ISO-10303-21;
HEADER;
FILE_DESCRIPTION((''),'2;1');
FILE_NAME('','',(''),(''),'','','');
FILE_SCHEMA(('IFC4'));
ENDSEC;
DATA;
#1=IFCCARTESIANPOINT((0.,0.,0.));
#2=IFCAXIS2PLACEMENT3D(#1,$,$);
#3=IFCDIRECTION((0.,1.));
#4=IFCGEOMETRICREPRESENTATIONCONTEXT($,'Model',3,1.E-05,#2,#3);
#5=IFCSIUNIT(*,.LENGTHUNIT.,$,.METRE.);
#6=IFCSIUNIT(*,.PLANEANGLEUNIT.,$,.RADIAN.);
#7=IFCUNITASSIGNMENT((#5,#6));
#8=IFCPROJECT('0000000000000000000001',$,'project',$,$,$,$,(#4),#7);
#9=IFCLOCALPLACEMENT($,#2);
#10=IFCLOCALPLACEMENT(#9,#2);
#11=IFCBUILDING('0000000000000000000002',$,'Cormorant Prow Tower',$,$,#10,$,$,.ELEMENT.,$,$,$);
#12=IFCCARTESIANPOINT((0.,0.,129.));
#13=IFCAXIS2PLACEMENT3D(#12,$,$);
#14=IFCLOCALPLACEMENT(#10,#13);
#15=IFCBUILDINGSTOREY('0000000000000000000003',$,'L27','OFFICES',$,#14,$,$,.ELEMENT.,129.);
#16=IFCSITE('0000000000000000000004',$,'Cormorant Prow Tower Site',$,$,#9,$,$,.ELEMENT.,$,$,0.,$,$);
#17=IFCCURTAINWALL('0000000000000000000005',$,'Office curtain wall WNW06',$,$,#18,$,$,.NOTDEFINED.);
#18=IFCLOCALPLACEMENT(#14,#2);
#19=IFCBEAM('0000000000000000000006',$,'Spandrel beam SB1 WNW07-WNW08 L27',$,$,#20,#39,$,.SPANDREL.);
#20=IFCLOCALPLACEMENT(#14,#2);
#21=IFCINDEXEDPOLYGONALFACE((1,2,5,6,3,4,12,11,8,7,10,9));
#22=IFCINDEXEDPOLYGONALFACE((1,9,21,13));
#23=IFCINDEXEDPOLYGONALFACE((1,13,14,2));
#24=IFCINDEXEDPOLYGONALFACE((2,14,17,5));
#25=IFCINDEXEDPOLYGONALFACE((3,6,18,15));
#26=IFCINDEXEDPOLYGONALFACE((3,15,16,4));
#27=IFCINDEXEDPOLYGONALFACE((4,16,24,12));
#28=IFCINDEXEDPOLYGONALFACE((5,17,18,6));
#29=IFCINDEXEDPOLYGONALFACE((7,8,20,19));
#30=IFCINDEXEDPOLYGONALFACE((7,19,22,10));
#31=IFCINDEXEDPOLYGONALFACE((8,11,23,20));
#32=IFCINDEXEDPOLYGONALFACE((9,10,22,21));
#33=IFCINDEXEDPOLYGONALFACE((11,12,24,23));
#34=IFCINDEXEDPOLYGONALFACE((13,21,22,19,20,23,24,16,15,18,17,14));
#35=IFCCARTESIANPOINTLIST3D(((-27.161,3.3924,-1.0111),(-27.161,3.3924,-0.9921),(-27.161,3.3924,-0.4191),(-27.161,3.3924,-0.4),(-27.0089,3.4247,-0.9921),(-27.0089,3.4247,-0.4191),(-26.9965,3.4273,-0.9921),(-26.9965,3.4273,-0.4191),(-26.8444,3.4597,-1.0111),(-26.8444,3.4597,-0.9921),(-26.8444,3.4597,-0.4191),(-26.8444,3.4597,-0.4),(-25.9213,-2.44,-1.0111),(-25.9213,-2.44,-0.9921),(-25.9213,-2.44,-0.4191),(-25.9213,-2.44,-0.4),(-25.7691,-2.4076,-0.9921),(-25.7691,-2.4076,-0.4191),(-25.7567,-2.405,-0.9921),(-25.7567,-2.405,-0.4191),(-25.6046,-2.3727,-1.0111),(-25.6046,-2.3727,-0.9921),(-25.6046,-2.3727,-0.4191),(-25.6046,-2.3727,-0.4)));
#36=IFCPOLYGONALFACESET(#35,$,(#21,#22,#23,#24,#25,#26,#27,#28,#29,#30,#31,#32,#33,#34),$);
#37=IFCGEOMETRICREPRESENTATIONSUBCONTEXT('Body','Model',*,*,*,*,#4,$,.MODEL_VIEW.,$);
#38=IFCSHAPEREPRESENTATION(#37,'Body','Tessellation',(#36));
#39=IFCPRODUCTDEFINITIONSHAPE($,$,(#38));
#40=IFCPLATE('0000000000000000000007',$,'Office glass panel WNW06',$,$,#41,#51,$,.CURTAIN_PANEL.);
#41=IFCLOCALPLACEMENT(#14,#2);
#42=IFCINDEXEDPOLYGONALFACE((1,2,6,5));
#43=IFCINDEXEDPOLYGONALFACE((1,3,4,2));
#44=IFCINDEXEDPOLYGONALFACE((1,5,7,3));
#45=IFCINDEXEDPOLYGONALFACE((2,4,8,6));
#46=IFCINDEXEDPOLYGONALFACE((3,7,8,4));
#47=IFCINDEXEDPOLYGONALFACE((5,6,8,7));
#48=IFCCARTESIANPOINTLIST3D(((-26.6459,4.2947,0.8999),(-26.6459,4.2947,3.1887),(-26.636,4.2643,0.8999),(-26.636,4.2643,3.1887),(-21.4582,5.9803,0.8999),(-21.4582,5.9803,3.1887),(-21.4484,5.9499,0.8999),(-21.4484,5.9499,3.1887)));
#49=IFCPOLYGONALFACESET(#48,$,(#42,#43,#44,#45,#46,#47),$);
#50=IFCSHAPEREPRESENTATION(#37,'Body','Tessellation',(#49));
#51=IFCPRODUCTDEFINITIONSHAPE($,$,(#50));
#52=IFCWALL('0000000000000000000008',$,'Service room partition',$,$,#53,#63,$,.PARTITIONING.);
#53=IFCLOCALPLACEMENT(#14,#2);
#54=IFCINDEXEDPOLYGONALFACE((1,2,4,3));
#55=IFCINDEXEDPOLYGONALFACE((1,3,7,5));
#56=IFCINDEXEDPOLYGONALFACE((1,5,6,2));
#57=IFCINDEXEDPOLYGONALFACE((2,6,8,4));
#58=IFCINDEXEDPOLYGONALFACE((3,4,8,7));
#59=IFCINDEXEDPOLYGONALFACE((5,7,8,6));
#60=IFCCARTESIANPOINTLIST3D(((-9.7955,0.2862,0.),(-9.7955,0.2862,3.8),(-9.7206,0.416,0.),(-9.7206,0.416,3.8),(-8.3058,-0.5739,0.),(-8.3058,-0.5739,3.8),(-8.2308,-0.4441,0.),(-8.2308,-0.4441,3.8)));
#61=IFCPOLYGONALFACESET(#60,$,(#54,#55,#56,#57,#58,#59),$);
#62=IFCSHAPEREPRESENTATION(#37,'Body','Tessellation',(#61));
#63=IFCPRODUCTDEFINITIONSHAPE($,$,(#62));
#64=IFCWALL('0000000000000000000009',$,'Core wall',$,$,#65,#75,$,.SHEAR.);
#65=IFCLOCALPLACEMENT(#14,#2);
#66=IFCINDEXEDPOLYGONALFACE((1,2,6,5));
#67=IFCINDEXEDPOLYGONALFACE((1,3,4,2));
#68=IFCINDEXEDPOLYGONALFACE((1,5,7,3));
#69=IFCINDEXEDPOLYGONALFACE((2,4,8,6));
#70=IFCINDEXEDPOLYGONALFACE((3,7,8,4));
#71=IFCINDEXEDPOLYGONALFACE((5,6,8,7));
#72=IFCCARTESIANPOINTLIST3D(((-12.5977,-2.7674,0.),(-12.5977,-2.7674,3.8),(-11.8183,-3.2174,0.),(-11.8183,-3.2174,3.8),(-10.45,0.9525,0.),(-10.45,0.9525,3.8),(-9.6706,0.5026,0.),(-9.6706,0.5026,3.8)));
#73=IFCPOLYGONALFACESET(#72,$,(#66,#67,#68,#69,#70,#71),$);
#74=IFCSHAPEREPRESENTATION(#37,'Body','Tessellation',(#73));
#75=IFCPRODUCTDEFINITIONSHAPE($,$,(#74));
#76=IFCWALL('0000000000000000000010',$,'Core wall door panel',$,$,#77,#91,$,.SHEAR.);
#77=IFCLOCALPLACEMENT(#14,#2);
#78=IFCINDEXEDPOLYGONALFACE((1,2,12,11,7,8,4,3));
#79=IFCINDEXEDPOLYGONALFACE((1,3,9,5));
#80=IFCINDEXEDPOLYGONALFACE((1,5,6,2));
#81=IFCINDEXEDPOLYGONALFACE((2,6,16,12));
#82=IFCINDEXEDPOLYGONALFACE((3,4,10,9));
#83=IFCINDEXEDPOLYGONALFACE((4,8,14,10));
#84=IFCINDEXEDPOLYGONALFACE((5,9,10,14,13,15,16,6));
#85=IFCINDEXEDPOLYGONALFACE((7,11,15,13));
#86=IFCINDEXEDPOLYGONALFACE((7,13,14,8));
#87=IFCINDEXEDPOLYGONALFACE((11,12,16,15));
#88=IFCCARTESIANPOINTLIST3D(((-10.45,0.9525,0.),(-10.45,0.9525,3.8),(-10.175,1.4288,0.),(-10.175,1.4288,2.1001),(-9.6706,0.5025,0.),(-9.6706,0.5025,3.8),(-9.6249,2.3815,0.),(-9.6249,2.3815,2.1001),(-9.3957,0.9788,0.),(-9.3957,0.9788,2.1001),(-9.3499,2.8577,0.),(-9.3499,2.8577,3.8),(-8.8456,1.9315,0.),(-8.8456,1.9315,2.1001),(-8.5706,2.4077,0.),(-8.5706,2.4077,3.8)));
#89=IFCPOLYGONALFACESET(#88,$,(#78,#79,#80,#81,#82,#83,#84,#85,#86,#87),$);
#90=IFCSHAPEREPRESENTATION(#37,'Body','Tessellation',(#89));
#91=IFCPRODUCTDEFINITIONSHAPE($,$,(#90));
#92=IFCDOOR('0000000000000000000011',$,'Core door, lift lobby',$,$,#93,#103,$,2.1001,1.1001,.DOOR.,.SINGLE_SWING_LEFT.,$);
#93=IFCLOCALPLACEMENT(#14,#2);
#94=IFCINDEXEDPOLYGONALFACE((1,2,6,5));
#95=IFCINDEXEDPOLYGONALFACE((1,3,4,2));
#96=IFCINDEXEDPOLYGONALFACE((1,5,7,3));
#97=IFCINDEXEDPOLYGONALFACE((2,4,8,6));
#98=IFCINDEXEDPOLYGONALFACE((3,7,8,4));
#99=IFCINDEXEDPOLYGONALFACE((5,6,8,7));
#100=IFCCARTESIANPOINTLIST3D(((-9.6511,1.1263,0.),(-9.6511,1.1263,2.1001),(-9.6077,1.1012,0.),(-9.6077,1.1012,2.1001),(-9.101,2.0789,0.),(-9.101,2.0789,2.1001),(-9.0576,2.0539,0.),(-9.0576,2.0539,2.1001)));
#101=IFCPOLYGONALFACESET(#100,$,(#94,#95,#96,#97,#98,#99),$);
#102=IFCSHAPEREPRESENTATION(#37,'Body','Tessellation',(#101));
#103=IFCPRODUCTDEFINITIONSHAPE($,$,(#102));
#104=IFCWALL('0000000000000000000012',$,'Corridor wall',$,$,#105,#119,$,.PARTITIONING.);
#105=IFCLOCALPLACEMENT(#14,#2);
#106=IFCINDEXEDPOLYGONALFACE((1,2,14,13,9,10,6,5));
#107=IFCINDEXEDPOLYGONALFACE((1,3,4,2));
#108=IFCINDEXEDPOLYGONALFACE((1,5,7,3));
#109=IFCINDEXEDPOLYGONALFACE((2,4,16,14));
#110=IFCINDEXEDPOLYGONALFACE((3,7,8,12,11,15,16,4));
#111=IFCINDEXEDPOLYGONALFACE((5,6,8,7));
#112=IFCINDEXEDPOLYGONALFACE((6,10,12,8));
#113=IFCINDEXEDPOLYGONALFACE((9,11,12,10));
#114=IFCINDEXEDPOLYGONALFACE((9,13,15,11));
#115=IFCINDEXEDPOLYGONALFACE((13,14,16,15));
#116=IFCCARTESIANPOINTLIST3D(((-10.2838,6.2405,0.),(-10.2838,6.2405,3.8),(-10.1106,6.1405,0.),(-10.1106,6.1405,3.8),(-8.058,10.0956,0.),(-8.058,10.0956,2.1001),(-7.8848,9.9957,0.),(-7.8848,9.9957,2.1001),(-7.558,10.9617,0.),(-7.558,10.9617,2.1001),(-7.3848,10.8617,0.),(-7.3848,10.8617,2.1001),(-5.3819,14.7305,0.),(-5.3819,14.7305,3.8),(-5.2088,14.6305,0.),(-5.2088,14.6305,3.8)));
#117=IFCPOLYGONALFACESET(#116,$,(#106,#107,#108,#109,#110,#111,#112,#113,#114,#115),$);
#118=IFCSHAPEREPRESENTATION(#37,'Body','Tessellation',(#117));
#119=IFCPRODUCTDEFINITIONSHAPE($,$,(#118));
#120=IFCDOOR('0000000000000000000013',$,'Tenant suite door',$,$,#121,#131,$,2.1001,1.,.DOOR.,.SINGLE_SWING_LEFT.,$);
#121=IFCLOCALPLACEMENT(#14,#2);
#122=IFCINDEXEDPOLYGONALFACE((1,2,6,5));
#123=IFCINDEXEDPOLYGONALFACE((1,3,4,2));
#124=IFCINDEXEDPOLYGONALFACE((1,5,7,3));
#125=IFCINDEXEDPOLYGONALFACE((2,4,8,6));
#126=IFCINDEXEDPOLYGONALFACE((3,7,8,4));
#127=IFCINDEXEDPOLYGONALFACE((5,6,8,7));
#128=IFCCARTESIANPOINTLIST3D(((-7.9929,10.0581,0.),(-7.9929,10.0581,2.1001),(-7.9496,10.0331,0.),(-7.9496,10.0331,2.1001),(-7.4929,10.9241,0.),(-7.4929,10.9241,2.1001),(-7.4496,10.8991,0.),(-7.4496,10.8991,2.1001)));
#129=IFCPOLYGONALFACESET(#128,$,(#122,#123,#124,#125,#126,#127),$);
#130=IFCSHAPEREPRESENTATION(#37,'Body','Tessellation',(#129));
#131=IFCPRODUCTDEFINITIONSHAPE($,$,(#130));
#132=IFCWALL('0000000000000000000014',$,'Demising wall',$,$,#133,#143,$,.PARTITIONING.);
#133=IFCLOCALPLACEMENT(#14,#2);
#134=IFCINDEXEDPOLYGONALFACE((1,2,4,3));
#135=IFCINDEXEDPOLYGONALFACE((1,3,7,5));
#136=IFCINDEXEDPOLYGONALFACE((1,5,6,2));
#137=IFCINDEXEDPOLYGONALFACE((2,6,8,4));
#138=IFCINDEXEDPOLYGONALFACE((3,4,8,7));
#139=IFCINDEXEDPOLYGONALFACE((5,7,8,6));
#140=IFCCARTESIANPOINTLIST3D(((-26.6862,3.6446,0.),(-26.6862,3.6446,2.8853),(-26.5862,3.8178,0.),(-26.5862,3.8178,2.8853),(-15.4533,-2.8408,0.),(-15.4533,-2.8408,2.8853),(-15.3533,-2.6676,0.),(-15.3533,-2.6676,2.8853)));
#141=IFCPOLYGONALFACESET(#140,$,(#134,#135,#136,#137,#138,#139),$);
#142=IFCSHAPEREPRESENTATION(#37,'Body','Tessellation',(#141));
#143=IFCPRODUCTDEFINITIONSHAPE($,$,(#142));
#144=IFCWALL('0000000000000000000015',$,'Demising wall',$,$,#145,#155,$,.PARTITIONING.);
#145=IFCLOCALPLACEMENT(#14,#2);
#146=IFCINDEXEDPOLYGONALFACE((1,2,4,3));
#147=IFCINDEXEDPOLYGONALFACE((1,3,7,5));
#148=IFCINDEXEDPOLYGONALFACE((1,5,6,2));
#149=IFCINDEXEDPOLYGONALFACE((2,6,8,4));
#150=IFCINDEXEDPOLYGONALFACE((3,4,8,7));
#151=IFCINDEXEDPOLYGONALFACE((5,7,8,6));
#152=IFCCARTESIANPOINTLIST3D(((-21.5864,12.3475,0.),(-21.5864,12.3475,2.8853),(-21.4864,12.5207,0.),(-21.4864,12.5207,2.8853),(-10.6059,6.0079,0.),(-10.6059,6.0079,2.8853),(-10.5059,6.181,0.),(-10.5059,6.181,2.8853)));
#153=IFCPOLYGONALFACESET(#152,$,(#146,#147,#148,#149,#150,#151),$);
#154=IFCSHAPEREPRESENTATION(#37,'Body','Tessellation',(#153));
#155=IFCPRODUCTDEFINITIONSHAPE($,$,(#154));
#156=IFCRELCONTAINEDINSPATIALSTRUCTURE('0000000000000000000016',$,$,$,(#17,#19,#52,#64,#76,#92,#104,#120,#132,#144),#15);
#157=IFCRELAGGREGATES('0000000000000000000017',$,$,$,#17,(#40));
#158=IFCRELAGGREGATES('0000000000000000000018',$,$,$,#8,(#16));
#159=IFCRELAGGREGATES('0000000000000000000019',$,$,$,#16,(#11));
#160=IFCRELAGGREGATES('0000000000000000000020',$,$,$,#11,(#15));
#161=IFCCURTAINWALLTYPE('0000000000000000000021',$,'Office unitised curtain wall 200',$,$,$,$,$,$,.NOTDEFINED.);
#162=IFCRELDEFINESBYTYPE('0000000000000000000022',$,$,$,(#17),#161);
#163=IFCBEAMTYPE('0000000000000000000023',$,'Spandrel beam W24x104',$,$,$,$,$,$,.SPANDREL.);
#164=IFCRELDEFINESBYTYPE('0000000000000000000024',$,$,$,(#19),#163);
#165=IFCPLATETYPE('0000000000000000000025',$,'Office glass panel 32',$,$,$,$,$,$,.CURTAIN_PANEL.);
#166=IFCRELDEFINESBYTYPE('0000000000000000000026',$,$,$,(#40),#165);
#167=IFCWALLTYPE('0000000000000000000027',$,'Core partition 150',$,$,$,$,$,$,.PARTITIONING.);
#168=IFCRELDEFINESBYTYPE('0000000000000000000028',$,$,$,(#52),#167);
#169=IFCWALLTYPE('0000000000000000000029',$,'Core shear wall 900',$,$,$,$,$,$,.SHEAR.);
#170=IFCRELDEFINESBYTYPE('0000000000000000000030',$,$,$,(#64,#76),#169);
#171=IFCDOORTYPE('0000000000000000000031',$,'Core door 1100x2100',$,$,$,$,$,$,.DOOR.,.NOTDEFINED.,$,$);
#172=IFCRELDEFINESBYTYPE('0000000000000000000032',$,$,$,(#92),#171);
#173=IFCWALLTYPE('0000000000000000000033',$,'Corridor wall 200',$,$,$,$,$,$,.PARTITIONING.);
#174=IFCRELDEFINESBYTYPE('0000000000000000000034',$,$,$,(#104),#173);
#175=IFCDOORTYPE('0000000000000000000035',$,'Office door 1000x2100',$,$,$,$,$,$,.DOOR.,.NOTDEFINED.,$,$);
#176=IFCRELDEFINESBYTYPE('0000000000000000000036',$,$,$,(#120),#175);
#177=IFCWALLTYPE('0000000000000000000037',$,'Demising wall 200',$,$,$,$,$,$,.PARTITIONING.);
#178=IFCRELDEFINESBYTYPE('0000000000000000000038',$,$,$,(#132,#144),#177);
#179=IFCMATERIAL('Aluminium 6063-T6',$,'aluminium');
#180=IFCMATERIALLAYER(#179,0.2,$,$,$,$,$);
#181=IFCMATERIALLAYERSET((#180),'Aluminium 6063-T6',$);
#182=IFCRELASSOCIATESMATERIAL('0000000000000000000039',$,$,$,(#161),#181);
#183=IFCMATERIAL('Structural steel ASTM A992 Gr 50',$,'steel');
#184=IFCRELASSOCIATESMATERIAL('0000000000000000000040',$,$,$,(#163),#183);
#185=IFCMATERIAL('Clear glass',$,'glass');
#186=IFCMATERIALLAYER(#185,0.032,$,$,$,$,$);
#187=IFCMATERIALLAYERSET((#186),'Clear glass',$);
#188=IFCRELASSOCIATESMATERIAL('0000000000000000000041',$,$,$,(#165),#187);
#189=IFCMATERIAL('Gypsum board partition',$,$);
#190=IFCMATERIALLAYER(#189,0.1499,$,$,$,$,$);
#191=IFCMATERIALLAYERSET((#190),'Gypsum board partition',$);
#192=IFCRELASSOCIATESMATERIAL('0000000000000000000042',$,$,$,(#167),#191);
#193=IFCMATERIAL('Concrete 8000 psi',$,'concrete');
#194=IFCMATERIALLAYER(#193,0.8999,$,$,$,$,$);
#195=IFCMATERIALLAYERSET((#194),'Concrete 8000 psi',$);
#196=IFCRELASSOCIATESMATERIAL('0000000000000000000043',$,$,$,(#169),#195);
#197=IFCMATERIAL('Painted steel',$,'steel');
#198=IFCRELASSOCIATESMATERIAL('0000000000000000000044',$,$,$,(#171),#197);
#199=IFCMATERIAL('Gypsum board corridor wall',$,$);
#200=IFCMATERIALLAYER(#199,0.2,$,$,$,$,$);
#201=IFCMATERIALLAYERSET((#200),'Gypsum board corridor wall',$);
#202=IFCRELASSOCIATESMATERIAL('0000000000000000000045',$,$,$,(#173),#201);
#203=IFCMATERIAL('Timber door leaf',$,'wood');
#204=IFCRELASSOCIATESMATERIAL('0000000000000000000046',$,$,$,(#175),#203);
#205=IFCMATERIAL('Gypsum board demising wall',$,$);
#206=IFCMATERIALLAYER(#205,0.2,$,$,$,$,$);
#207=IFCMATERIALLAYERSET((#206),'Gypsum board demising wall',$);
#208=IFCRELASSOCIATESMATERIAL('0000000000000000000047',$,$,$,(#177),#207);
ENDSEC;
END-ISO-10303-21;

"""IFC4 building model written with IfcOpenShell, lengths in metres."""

from ifc_helpers import new_model, si_unit, direction, frame, frame_2d, origin, origin_2d, place, context, subcontext, project, spatial, rectangle, i_section, extrude, material, layer, layer_set, material_profile, profile_set, type_object, element, fill, aggregate, save


model = new_model("IFC4")

# Units and contexts
model_context = context("Model", 3, precision=1e-05, world=origin(), true_north=direction((0.0, 1.0)))
body_context = subcontext(model_context, "Body", "Model", "MODEL_VIEW")
ifc_project = project(units=[si_unit("LENGTHUNIT", "METRE"), si_unit("PLANEANGLEUNIT", "RADIAN")], contexts=[model_context])

# Site, building, storey
site_placement = place(None, origin())
site = spatial("IfcSite", under=ifc_project, at=site_placement, Name="Cormorant Prow Tower Site", CompositionType="ELEMENT", RefElevation=0.0)
building_placement = place(site_placement, origin())
building = spatial("IfcBuilding", under=site, at=building_placement, Name="Cormorant Prow Tower", CompositionType="ELEMENT")
storey_placement = place(building_placement, frame((0.0, 0.0, 129.0)))
storey = spatial("IfcBuildingStorey", under=building, at=storey_placement, Name="L27", Description="OFFICES", CompositionType="ELEMENT", Elevation=129.0)

# Curtain wall
ifc_material_1 = material(Name="Aluminium 6063-T6", Category="aluminium")
ifc_layer_1 = layer(ifc_material_1, 0.2)
ifc_layer_set_1 = layer_set([ifc_layer_1], Name="Aluminium 6063-T6")
curtain_wall_type = type_object("IfcCurtainWallType", Name="Office unitised curtain wall 200", PredefinedType="NOTDEFINED", material=ifc_layer_set_1)
curtain_wall_placement = place(storey_placement, origin())
curtain_wall = element("IfcCurtainWall", 1, at=curtain_wall_placement, inside=storey, type_object=curtain_wall_type, Name="Office curtain wall WNW06", PredefinedType="NOTDEFINED")

# Beam
ifc_material_2 = material(Name="Structural steel ASTM A992 Gr 50", Category="steel")
ifc_material_profile_1 = material_profile(ifc_material_2, i_section(OverallWidth=0.3237, OverallDepth=0.6111, WebThickness=0.0127, FlangeThickness=0.019, at=origin_2d()), Name="W24x104")
ifc_profile_set_1 = profile_set([ifc_material_profile_1], Name="Structural steel ASTM A992 Gr 50")
beam_type_1 = type_object("IfcBeamType", Name="Spandrel beam W24x104", PredefinedType="SPANDREL", material=ifc_profile_set_1)
beam_1_placement = place(storey_placement, frame((-27.0027, 3.426, -0.7056), z_axis=(0.207921, -0.978146, 0.0), x_axis=(0.978146, 0.207921, 0.0)))
element("IfcBeam", 2, at=beam_1_placement, inside=storey, type_object=beam_type_1, Name="Spandrel beam SB1 WNW07-WNW08 L27", PredefinedType="SPANDREL", context=body_context, shape_type="SweptSolid", body=[
    extrude(i_section(OverallWidth=0.3237, OverallDepth=0.6111, WebThickness=0.0127, FlangeThickness=0.019, at=origin_2d()), origin(), (0.0, 0.0, 1.0), 5.9626),
])

# Plate
ifc_material_3 = material(Name="Clear glass", Category="glass")
ifc_layer_2 = layer(ifc_material_3, 0.032)
ifc_layer_set_2 = layer_set([ifc_layer_2], Name="Clear glass")
plate_type = type_object("IfcPlateType", Name="Office glass panel 32", PredefinedType="CURTAIN_PANEL", material=ifc_layer_set_2)
plate_placement = place(storey_placement, frame((-24.0471, 5.1223, 0.8999), z_axis=(0.0, 0.0, 1.0), x_axis=(-0.951056, -0.309017, 0.0)))
plate = element("IfcPlate", 3, at=plate_placement, type_object=plate_type, Name="Office glass panel WNW06", PredefinedType="CURTAIN_PANEL", context=body_context, shape_type="SweptSolid", body=[
    extrude(rectangle(XDim=5.4546, YDim=0.032, at=origin_2d()), origin(), (0.0, 0.0, 1.0), 2.2888),
])
aggregate(curtain_wall, [plate])

# Walls
ifc_material_4 = material(Name="Gypsum board partition")
ifc_layer_3 = layer(ifc_material_4, 0.1499)
ifc_layer_set_3 = layer_set([ifc_layer_3], Name="Gypsum board partition")
wall_type_1 = type_object("IfcWallType", Name="Core partition 150", PredefinedType="PARTITIONING", material=ifc_layer_set_3)
wall_1_placement = place(storey_placement, frame((-8.2683, -0.509, 0.0), z_axis=(0.0, 0.0, 1.0), x_axis=(-0.866025, 0.500001, 0.0)))
element("IfcWall", 4, at=wall_1_placement, inside=storey, type_object=wall_type_1, Name="Service room partition", PredefinedType="PARTITIONING", context=body_context, shape_type="SweptSolid", body=[
    extrude(rectangle(XDim=1.7202, YDim=0.1499, at=frame_2d((0.8601, 0.0))), origin(), (0.0, 0.0, 1.0), 3.8),
])
ifc_material_5 = material(Name="Concrete 8000 psi", Category="concrete")
ifc_layer_4 = layer(ifc_material_5, 0.8999)
ifc_layer_set_4 = layer_set([ifc_layer_4], Name="Concrete 8000 psi")
wall_type_2 = type_object("IfcWallType", Name="Core shear wall 900", PredefinedType="SHEAR", material=ifc_layer_set_4)
wall_2_placement = place(storey_placement, frame((-10.0603, 0.7275, 0.0), z_axis=(0.0, 0.0, 1.0), x_axis=(-0.499996, -0.866028, 0.0)))
element("IfcWall", 5, at=wall_2_placement, inside=storey, type_object=wall_type_2, Name="Core wall", PredefinedType="SHEAR", context=body_context, shape_type="SweptSolid", body=[
    extrude(rectangle(XDim=4.2954, YDim=0.8999, at=frame_2d((2.1477, 0.0))), origin(), (0.0, 0.0, 1.0), 3.8),
])

# Walls, openings, doors
wall_3_placement = place(storey_placement, frame((-8.9602, 2.6328, 0.0), z_axis=(0.0, 0.0, 1.0), x_axis=(-0.50003, -0.866008, 0.0)))
wall_3 = element("IfcWall", 6, at=wall_3_placement, inside=storey, type_object=wall_type_2, Name="Core wall door panel", PredefinedType="SHEAR", context=body_context, shape_type="SweptSolid", body=[
    extrude(rectangle(XDim=2.2, YDim=0.8999, at=frame_2d((1.1001, 0.0))), origin(), (0.0, 0.0, 1.0), 3.8),
])
opening_1_placement = place(wall_3_placement, frame((0.55, 0.0, 0.0)))
opening_1 = element("IfcOpeningElement", 7, at=opening_1_placement, cuts=wall_3, PredefinedType="OPENING", context=body_context, shape_type="SweptSolid", body=[
    extrude(rectangle(XDim=1.1001, YDim=2.1001, at=frame_2d((0.55, 1.05))), frame((0.0, 0.46, 0.0), z_axis=(0.0, -1.0, 0.0), x_axis=(1.0, 0.0, 0.0)), (0.0, 0.0, 1.0), 0.9199),
])
ifc_material_6 = material(Name="Painted steel", Category="steel")
door_type_1 = type_object("IfcDoorType", Name="Core door 1100x2100", OperationType="NOTDEFINED", PredefinedType="DOOR", material=ifc_material_6)
door_1_placement = place(opening_1_placement, origin())
door_1 = element("IfcDoor", 8, at=door_1_placement, inside=storey, type_object=door_type_1, Name="Core door, lift lobby", OperationType="SINGLE_SWING_LEFT", OverallHeight=2.1001, OverallWidth=1.1001, PredefinedType="DOOR", context=body_context, shape_type="SweptSolid", body=[
    extrude(rectangle(XDim=1.1001, YDim=2.1001, at=frame_2d((0.55, 1.05))), frame((0.0, 0.2051, 0.0), z_axis=(0.0, -1.0, 0.0), x_axis=(1.0, 0.0, 0.0)), (0.0, 0.0, 1.0), 0.05),
])
fill(opening_1, door_1)
ifc_material_7 = material(Name="Gypsum board corridor wall")
ifc_layer_5 = layer(ifc_material_7, 0.2)
ifc_layer_set_5 = layer_set([ifc_layer_5], Name="Gypsum board corridor wall")
wall_type_3 = type_object("IfcWallType", Name="Corridor wall 200", PredefinedType="PARTITIONING", material=ifc_layer_set_5)
wall_4_placement = place(storey_placement, frame((-10.1973, 6.1904, 0.0), z_axis=(0.0, 0.0, 1.0), x_axis=(0.500012, 0.866018, 0.0)))
wall_4 = element("IfcWall", 9, at=wall_4_placement, inside=storey, type_object=wall_type_3, Name="Corridor wall", PredefinedType="PARTITIONING", context=body_context, shape_type="SweptSolid", body=[
    extrude(rectangle(XDim=9.8035, YDim=0.2, at=frame_2d((4.9019, 0.0))), origin(), (0.0, 0.0, 1.0), 3.8),
])
opening_2_placement = place(wall_4_placement, frame((4.4517, 0.0, 0.0)))
opening_2 = element("IfcOpeningElement", 10, at=opening_2_placement, cuts=wall_4, PredefinedType="OPENING", context=body_context, shape_type="SweptSolid", body=[
    extrude(rectangle(XDim=1.0, YDim=2.1001, at=frame_2d((0.5, 1.05))), frame((0.0, 0.1099, 0.0), z_axis=(0.0, -1.0, 0.0), x_axis=(1.0, 0.0, 0.0)), (0.0, 0.0, 1.0), 0.22),
])
ifc_material_8 = material(Name="Timber door leaf", Category="wood")
door_type_2 = type_object("IfcDoorType", Name="Office door 1000x2100", OperationType="NOTDEFINED", PredefinedType="DOOR", material=ifc_material_8)
door_2_placement = place(opening_2_placement, origin())
door_2 = element("IfcDoor", 11, at=door_2_placement, inside=storey, type_object=door_type_2, Name="Tenant suite door", OperationType="SINGLE_SWING_LEFT", OverallHeight=2.1001, OverallWidth=1.0, PredefinedType="DOOR", context=body_context, shape_type="SweptSolid", body=[
    extrude(rectangle(XDim=1.0, YDim=2.1001, at=frame_2d((0.5, 1.05))), frame((0.0, 0.0249, 0.0), z_axis=(0.0, -1.0, 0.0), x_axis=(1.0, 0.0, 0.0)), (0.0, 0.0, 1.0), 0.05),
])
fill(opening_2, door_2)

# Walls
ifc_material_9 = material(Name="Gypsum board demising wall")
ifc_layer_6 = layer(ifc_material_9, 0.2)
ifc_layer_set_6 = layer_set([ifc_layer_6], Name="Gypsum board demising wall")
wall_type_4 = type_object("IfcWallType", Name="Demising wall 200", PredefinedType="PARTITIONING", material=ifc_layer_set_6)
wall_5_placement = place(storey_placement, frame((-26.6362, 3.7312, 0.0), z_axis=(0.0, 0.0, 1.0), x_axis=(0.866024, -0.500002, 0.0)))
element("IfcWall", 12, at=wall_5_placement, inside=storey, type_object=wall_type_4, Name="Demising wall", PredefinedType="PARTITIONING", context=body_context, shape_type="SweptSolid", body=[
    extrude(rectangle(XDim=12.9707, YDim=0.2, at=frame_2d((6.4854, 0.0))), origin(), (0.0, 0.0, 1.0), 2.8853),
])
wall_6_placement = place(storey_placement, frame((-21.5364, 12.4341, 0.0), z_axis=(0.0, 0.0, 1.0), x_axis=(0.866025, -0.500001, 0.0)))
element("IfcWall", 13, at=wall_6_placement, inside=storey, type_object=wall_type_4, Name="Demising wall", PredefinedType="PARTITIONING", context=body_context, shape_type="SweptSolid", body=[
    extrude(rectangle(XDim=12.6792, YDim=0.2, at=frame_2d((6.3396, 0.0))), origin(), (0.0, 0.0, 1.0), 2.8853),
])

save(model, "model.ifc")
